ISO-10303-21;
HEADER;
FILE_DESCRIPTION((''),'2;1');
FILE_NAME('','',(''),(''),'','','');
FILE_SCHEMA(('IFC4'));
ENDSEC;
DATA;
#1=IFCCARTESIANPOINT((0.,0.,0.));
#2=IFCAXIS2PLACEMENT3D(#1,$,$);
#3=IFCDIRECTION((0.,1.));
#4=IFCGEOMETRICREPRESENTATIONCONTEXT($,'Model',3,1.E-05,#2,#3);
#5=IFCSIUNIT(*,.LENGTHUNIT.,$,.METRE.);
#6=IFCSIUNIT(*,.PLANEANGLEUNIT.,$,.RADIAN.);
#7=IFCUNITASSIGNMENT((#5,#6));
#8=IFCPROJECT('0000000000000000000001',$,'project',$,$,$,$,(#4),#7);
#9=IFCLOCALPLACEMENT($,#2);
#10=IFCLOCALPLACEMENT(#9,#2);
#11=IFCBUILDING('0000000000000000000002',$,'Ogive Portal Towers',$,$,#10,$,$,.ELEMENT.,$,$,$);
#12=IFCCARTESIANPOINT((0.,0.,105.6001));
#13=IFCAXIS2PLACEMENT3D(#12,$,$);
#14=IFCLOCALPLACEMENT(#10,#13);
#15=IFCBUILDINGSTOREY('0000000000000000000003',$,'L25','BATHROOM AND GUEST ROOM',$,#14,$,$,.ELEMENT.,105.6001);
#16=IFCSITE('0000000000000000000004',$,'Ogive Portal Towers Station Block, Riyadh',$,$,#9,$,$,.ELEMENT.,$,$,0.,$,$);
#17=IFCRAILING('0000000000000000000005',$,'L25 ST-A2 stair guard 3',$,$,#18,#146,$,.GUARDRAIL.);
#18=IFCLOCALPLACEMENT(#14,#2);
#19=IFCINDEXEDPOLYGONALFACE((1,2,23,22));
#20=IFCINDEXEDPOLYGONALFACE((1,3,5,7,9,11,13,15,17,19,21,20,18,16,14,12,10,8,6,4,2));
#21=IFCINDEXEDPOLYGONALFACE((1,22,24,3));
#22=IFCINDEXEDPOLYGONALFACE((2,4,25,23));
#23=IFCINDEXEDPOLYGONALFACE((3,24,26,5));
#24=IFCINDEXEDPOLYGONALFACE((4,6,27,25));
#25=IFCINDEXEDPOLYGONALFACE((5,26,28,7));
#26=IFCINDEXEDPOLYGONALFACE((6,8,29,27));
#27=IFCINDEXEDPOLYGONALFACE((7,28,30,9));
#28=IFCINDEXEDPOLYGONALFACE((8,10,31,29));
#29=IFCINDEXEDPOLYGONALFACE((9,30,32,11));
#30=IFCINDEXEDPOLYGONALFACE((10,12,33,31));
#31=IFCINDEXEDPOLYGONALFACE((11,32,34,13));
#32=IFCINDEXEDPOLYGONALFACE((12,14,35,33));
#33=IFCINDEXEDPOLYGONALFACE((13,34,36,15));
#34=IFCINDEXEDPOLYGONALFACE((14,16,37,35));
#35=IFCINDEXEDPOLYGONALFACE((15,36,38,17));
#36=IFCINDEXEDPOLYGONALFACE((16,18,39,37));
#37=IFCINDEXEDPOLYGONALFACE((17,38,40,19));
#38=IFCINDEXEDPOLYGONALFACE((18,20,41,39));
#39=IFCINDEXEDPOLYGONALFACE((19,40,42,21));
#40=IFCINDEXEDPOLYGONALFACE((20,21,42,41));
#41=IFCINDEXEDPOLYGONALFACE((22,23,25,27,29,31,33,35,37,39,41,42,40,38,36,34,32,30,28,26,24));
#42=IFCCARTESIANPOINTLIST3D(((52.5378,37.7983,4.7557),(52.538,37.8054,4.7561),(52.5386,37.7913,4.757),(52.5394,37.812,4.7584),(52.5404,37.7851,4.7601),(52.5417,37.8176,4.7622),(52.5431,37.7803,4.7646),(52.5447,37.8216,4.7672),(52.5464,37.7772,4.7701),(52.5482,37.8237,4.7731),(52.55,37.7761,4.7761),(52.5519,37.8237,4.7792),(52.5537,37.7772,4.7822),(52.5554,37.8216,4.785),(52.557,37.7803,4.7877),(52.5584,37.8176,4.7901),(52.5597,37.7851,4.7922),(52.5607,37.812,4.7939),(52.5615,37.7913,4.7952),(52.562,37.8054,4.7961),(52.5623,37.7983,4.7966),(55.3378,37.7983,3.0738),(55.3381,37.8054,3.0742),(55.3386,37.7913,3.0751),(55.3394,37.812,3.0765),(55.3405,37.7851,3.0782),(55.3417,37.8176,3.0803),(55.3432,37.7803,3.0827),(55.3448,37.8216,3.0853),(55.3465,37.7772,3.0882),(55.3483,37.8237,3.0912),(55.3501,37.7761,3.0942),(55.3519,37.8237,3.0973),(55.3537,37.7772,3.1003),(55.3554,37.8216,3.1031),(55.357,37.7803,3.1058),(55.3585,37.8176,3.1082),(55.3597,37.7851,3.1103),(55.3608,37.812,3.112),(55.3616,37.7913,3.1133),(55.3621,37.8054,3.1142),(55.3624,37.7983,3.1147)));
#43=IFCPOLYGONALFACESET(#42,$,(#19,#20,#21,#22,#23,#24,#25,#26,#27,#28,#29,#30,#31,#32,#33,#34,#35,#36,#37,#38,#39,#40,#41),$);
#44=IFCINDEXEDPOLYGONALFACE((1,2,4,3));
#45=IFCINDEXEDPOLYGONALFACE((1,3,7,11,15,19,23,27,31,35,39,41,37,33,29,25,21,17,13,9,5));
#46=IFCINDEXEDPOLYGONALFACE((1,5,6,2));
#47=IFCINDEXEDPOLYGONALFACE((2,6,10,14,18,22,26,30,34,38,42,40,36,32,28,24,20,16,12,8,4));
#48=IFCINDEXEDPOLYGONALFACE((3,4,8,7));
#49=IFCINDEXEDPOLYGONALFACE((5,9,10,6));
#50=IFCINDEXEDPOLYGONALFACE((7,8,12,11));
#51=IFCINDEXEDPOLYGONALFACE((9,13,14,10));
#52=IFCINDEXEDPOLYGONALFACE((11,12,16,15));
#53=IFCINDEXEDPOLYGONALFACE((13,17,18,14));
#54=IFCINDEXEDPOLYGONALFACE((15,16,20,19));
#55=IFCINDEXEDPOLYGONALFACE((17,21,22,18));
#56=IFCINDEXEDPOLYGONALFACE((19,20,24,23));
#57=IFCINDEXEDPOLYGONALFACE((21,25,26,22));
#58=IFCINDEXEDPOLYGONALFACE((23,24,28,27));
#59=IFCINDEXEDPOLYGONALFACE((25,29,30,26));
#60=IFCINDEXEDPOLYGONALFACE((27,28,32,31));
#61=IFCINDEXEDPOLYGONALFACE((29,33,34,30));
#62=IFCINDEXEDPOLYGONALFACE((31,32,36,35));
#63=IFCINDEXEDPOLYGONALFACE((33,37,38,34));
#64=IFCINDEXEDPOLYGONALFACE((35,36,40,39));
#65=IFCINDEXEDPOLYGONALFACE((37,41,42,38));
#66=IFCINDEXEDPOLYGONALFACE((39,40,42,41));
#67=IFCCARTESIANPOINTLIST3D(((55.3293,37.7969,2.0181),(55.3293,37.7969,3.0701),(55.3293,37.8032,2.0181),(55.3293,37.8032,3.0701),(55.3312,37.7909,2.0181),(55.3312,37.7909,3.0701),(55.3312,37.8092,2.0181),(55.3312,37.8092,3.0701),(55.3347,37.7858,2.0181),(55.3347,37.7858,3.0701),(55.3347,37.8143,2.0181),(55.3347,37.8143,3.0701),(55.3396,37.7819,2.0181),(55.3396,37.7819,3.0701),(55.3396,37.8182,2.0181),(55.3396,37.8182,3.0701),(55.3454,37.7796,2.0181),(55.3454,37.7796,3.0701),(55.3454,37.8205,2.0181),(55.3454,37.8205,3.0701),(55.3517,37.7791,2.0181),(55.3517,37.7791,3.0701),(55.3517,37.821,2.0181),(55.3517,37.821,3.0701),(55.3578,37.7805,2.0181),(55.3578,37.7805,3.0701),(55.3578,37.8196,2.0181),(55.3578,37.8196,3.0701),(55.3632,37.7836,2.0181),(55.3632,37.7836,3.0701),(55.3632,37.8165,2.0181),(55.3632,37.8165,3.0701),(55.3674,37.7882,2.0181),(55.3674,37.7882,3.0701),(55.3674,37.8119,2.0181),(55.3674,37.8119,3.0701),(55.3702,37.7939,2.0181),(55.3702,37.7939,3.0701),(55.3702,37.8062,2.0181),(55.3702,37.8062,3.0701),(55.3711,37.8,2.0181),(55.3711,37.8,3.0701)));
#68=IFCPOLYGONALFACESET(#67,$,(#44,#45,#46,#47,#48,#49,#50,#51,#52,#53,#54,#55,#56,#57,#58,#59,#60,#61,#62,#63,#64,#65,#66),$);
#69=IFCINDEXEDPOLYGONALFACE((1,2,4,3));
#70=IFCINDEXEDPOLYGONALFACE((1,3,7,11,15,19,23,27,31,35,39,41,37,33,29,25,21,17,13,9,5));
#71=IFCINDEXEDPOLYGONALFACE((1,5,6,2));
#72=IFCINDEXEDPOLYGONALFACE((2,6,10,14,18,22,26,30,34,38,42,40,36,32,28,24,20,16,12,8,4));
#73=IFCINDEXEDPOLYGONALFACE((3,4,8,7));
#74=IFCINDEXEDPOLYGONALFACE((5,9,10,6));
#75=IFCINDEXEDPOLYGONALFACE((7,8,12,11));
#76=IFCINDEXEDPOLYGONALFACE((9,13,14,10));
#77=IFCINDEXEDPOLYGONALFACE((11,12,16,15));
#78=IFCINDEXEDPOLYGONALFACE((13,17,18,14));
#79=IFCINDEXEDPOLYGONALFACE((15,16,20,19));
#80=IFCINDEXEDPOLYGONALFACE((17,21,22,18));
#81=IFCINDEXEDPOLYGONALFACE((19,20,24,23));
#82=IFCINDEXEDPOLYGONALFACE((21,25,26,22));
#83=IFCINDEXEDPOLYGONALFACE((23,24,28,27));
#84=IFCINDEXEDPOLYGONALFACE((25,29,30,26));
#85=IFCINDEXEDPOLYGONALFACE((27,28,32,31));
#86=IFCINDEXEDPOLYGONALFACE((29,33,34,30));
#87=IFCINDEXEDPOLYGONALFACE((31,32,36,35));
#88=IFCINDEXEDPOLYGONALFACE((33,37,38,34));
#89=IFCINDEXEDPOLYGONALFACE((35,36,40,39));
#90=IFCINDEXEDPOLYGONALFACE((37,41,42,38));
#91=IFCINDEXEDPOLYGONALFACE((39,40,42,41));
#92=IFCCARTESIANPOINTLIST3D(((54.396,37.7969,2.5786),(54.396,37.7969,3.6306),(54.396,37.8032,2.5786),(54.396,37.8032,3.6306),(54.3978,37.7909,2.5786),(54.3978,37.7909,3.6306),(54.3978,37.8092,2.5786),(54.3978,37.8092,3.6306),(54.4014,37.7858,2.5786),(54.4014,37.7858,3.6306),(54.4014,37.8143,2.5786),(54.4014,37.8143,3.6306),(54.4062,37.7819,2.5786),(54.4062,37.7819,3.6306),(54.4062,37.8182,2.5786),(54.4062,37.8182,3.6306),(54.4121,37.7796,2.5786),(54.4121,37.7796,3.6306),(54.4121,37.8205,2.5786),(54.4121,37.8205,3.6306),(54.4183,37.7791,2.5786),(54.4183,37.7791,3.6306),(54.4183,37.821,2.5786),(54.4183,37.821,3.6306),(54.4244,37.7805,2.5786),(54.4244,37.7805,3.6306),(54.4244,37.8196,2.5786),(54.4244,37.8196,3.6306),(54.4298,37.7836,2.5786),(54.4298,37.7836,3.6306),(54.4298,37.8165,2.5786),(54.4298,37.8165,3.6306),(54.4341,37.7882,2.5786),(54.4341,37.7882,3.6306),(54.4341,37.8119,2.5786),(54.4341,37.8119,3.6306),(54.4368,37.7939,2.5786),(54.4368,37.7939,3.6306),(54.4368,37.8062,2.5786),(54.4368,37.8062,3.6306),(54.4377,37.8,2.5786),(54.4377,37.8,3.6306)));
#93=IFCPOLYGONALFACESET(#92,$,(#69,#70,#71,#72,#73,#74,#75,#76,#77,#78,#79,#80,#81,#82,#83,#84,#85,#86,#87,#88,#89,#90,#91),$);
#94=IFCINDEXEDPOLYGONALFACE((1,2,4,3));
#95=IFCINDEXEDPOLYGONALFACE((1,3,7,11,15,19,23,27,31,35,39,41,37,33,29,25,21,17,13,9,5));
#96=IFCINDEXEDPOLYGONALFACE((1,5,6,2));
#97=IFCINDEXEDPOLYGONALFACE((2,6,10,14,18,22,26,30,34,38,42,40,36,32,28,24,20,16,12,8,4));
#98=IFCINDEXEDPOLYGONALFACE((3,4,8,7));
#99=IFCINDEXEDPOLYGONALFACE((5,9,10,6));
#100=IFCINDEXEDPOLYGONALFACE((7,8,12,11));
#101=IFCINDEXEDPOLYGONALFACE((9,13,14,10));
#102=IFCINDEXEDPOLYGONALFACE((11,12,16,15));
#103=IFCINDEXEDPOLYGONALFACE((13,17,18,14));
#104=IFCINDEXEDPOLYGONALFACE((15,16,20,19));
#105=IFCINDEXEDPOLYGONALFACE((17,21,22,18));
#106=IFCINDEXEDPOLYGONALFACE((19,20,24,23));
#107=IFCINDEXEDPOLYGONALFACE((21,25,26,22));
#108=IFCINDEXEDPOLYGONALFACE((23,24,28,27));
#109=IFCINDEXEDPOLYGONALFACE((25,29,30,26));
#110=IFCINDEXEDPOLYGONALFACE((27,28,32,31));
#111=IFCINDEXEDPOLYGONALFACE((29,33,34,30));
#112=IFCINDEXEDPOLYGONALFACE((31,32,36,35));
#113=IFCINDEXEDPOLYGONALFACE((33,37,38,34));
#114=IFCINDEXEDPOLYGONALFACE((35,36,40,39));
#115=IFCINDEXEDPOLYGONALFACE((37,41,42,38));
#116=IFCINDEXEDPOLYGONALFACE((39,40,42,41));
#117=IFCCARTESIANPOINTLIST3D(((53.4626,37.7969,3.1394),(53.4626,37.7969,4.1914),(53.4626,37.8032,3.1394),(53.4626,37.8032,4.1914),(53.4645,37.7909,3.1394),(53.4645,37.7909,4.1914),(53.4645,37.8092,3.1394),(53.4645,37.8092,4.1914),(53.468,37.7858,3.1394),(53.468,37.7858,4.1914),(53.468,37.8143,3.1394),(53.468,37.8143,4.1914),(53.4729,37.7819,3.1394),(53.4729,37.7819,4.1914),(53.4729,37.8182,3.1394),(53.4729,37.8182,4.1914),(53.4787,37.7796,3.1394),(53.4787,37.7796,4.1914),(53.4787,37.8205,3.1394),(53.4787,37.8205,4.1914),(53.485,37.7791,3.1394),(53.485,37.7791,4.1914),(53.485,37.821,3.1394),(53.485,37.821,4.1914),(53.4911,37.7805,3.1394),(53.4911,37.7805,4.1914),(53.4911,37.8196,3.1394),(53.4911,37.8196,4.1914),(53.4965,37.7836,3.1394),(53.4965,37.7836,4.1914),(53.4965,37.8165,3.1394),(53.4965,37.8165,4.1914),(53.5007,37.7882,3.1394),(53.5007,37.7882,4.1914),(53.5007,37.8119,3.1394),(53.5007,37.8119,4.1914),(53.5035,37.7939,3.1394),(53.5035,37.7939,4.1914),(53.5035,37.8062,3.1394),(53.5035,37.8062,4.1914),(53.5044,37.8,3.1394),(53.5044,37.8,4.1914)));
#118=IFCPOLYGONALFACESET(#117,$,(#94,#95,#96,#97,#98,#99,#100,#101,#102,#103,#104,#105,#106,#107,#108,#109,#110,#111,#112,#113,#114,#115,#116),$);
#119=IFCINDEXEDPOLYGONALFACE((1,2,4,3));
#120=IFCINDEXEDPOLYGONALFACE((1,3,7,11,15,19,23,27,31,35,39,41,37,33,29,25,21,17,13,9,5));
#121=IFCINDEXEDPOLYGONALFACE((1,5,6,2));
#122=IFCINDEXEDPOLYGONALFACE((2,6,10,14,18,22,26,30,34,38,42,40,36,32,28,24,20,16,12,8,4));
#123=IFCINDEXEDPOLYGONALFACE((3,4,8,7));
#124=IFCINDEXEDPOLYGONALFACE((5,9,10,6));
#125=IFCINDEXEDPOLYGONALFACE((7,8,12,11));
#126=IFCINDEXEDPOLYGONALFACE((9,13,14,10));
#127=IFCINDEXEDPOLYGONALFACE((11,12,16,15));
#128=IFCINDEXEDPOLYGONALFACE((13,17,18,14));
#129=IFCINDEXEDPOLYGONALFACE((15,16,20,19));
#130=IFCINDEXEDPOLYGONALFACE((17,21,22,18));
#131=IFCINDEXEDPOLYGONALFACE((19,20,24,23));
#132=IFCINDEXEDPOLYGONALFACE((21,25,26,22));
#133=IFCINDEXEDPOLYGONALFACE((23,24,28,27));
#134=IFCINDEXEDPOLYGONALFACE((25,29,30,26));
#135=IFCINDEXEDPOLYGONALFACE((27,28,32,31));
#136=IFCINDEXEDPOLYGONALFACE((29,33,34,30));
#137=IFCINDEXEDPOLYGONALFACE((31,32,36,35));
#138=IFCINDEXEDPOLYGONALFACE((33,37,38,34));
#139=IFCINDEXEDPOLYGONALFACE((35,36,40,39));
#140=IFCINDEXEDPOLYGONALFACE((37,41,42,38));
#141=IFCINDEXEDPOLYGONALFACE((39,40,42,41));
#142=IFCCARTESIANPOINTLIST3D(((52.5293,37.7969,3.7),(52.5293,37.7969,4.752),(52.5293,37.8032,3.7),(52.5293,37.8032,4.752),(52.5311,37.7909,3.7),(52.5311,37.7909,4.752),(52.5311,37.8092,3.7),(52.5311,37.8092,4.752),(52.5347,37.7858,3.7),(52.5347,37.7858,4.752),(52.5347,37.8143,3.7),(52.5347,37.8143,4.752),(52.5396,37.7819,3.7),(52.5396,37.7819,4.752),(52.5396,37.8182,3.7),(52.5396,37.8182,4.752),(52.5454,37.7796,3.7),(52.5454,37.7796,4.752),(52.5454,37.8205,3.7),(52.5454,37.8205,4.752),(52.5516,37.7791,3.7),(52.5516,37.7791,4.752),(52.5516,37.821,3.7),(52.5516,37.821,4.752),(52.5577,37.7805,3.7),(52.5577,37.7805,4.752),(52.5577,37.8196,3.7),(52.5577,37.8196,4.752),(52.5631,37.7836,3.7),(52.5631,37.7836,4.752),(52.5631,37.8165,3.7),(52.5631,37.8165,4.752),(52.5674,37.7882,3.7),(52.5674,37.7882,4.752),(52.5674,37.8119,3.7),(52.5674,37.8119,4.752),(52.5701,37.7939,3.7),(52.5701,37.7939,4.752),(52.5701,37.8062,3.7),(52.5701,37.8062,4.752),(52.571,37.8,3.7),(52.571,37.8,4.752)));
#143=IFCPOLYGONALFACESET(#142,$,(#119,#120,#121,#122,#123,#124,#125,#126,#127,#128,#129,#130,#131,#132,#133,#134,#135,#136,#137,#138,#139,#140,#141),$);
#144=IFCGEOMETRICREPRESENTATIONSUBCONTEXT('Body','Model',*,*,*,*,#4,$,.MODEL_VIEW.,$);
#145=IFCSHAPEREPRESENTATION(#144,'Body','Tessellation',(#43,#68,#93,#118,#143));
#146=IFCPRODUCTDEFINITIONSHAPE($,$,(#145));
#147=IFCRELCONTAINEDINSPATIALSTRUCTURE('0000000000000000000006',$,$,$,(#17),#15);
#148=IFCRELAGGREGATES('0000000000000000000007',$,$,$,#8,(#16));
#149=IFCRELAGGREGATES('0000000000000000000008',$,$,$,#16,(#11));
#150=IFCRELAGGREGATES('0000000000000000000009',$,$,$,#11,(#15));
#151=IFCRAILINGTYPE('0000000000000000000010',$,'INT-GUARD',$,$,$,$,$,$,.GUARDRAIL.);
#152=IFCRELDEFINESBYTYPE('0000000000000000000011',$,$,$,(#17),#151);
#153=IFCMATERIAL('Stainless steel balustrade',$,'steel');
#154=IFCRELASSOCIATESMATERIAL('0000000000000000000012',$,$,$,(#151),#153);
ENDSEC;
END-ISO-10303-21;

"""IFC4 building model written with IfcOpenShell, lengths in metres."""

from ifc_helpers import new_model, si_unit, direction, frame, origin, origin_2d, place, context, subcontext, project, spatial, circle, extrude, material, type_object, element, save


model = new_model("IFC4")

# Units and contexts
model_context = context("Model", 3, precision=1e-05, world=origin(), true_north=direction((0.0, 1.0)))
body_context = subcontext(model_context, "Body", "Model", "MODEL_VIEW")
ifc_project = project(units=[si_unit("LENGTHUNIT", "METRE"), si_unit("PLANEANGLEUNIT", "RADIAN")], contexts=[model_context])

# Site, building, storey
site_placement = place(None, origin())
site = spatial("IfcSite", under=ifc_project, at=site_placement, Name="Ogive Portal Towers Station Block, Riyadh", CompositionType="ELEMENT", RefElevation=0.0)
building_placement = place(site_placement, origin())
building = spatial("IfcBuilding", under=site, at=building_placement, Name="Ogive Portal Towers", CompositionType="ELEMENT")
storey_placement = place(building_placement, frame((0.0, 0.0, 105.6001)))
storey = spatial("IfcBuildingStorey", under=building, at=storey_placement, Name="L25", Description="BATHROOM AND GUEST ROOM", CompositionType="ELEMENT", Elevation=105.6001)

# Railing
ifc_material_1 = material(Name="Stainless steel balustrade", Category="steel")
railing_type_1 = type_object("IfcRailingType", Name="INT-GUARD", PredefinedType="GUARDRAIL", material=ifc_material_1)
railing_1_placement = place(storey_placement, frame((55.3501, 37.8, 2.0181)))
element("IfcRailing", 1, at=railing_1_placement, inside=storey, type_object=railing_type_1, Name="L25 ST-A2 stair guard 3", PredefinedType="GUARDRAIL", context=body_context, shape_type="SweptSolid", body=[
    extrude(circle(Radius=0.0239, at=origin_2d()), frame((0.0, 0.0, 1.0762), z_axis=(-0.857242, 0.0, 0.514913), x_axis=(0.0, -1.0, 0.0)), (0.0, 0.0, 1.0), 3.2664),
    extrude(circle(Radius=0.021, at=origin_2d()), origin(), (0.0, 0.0, 1.0), 1.052),
    extrude(circle(Radius=0.021, at=origin_2d()), frame((-0.9333, 0.0, 0.5605)), (0.0, 0.0, 1.0), 1.052),
    extrude(circle(Radius=0.021, at=origin_2d()), frame((-1.8667, 0.0, 1.1213)), (0.0, 0.0, 1.0), 1.052),
    extrude(circle(Radius=0.021, at=origin_2d()), frame((-2.8, 0.0, 1.6819)), (0.0, 0.0, 1.0), 1.052),
])

save(model, "model.ifc")
